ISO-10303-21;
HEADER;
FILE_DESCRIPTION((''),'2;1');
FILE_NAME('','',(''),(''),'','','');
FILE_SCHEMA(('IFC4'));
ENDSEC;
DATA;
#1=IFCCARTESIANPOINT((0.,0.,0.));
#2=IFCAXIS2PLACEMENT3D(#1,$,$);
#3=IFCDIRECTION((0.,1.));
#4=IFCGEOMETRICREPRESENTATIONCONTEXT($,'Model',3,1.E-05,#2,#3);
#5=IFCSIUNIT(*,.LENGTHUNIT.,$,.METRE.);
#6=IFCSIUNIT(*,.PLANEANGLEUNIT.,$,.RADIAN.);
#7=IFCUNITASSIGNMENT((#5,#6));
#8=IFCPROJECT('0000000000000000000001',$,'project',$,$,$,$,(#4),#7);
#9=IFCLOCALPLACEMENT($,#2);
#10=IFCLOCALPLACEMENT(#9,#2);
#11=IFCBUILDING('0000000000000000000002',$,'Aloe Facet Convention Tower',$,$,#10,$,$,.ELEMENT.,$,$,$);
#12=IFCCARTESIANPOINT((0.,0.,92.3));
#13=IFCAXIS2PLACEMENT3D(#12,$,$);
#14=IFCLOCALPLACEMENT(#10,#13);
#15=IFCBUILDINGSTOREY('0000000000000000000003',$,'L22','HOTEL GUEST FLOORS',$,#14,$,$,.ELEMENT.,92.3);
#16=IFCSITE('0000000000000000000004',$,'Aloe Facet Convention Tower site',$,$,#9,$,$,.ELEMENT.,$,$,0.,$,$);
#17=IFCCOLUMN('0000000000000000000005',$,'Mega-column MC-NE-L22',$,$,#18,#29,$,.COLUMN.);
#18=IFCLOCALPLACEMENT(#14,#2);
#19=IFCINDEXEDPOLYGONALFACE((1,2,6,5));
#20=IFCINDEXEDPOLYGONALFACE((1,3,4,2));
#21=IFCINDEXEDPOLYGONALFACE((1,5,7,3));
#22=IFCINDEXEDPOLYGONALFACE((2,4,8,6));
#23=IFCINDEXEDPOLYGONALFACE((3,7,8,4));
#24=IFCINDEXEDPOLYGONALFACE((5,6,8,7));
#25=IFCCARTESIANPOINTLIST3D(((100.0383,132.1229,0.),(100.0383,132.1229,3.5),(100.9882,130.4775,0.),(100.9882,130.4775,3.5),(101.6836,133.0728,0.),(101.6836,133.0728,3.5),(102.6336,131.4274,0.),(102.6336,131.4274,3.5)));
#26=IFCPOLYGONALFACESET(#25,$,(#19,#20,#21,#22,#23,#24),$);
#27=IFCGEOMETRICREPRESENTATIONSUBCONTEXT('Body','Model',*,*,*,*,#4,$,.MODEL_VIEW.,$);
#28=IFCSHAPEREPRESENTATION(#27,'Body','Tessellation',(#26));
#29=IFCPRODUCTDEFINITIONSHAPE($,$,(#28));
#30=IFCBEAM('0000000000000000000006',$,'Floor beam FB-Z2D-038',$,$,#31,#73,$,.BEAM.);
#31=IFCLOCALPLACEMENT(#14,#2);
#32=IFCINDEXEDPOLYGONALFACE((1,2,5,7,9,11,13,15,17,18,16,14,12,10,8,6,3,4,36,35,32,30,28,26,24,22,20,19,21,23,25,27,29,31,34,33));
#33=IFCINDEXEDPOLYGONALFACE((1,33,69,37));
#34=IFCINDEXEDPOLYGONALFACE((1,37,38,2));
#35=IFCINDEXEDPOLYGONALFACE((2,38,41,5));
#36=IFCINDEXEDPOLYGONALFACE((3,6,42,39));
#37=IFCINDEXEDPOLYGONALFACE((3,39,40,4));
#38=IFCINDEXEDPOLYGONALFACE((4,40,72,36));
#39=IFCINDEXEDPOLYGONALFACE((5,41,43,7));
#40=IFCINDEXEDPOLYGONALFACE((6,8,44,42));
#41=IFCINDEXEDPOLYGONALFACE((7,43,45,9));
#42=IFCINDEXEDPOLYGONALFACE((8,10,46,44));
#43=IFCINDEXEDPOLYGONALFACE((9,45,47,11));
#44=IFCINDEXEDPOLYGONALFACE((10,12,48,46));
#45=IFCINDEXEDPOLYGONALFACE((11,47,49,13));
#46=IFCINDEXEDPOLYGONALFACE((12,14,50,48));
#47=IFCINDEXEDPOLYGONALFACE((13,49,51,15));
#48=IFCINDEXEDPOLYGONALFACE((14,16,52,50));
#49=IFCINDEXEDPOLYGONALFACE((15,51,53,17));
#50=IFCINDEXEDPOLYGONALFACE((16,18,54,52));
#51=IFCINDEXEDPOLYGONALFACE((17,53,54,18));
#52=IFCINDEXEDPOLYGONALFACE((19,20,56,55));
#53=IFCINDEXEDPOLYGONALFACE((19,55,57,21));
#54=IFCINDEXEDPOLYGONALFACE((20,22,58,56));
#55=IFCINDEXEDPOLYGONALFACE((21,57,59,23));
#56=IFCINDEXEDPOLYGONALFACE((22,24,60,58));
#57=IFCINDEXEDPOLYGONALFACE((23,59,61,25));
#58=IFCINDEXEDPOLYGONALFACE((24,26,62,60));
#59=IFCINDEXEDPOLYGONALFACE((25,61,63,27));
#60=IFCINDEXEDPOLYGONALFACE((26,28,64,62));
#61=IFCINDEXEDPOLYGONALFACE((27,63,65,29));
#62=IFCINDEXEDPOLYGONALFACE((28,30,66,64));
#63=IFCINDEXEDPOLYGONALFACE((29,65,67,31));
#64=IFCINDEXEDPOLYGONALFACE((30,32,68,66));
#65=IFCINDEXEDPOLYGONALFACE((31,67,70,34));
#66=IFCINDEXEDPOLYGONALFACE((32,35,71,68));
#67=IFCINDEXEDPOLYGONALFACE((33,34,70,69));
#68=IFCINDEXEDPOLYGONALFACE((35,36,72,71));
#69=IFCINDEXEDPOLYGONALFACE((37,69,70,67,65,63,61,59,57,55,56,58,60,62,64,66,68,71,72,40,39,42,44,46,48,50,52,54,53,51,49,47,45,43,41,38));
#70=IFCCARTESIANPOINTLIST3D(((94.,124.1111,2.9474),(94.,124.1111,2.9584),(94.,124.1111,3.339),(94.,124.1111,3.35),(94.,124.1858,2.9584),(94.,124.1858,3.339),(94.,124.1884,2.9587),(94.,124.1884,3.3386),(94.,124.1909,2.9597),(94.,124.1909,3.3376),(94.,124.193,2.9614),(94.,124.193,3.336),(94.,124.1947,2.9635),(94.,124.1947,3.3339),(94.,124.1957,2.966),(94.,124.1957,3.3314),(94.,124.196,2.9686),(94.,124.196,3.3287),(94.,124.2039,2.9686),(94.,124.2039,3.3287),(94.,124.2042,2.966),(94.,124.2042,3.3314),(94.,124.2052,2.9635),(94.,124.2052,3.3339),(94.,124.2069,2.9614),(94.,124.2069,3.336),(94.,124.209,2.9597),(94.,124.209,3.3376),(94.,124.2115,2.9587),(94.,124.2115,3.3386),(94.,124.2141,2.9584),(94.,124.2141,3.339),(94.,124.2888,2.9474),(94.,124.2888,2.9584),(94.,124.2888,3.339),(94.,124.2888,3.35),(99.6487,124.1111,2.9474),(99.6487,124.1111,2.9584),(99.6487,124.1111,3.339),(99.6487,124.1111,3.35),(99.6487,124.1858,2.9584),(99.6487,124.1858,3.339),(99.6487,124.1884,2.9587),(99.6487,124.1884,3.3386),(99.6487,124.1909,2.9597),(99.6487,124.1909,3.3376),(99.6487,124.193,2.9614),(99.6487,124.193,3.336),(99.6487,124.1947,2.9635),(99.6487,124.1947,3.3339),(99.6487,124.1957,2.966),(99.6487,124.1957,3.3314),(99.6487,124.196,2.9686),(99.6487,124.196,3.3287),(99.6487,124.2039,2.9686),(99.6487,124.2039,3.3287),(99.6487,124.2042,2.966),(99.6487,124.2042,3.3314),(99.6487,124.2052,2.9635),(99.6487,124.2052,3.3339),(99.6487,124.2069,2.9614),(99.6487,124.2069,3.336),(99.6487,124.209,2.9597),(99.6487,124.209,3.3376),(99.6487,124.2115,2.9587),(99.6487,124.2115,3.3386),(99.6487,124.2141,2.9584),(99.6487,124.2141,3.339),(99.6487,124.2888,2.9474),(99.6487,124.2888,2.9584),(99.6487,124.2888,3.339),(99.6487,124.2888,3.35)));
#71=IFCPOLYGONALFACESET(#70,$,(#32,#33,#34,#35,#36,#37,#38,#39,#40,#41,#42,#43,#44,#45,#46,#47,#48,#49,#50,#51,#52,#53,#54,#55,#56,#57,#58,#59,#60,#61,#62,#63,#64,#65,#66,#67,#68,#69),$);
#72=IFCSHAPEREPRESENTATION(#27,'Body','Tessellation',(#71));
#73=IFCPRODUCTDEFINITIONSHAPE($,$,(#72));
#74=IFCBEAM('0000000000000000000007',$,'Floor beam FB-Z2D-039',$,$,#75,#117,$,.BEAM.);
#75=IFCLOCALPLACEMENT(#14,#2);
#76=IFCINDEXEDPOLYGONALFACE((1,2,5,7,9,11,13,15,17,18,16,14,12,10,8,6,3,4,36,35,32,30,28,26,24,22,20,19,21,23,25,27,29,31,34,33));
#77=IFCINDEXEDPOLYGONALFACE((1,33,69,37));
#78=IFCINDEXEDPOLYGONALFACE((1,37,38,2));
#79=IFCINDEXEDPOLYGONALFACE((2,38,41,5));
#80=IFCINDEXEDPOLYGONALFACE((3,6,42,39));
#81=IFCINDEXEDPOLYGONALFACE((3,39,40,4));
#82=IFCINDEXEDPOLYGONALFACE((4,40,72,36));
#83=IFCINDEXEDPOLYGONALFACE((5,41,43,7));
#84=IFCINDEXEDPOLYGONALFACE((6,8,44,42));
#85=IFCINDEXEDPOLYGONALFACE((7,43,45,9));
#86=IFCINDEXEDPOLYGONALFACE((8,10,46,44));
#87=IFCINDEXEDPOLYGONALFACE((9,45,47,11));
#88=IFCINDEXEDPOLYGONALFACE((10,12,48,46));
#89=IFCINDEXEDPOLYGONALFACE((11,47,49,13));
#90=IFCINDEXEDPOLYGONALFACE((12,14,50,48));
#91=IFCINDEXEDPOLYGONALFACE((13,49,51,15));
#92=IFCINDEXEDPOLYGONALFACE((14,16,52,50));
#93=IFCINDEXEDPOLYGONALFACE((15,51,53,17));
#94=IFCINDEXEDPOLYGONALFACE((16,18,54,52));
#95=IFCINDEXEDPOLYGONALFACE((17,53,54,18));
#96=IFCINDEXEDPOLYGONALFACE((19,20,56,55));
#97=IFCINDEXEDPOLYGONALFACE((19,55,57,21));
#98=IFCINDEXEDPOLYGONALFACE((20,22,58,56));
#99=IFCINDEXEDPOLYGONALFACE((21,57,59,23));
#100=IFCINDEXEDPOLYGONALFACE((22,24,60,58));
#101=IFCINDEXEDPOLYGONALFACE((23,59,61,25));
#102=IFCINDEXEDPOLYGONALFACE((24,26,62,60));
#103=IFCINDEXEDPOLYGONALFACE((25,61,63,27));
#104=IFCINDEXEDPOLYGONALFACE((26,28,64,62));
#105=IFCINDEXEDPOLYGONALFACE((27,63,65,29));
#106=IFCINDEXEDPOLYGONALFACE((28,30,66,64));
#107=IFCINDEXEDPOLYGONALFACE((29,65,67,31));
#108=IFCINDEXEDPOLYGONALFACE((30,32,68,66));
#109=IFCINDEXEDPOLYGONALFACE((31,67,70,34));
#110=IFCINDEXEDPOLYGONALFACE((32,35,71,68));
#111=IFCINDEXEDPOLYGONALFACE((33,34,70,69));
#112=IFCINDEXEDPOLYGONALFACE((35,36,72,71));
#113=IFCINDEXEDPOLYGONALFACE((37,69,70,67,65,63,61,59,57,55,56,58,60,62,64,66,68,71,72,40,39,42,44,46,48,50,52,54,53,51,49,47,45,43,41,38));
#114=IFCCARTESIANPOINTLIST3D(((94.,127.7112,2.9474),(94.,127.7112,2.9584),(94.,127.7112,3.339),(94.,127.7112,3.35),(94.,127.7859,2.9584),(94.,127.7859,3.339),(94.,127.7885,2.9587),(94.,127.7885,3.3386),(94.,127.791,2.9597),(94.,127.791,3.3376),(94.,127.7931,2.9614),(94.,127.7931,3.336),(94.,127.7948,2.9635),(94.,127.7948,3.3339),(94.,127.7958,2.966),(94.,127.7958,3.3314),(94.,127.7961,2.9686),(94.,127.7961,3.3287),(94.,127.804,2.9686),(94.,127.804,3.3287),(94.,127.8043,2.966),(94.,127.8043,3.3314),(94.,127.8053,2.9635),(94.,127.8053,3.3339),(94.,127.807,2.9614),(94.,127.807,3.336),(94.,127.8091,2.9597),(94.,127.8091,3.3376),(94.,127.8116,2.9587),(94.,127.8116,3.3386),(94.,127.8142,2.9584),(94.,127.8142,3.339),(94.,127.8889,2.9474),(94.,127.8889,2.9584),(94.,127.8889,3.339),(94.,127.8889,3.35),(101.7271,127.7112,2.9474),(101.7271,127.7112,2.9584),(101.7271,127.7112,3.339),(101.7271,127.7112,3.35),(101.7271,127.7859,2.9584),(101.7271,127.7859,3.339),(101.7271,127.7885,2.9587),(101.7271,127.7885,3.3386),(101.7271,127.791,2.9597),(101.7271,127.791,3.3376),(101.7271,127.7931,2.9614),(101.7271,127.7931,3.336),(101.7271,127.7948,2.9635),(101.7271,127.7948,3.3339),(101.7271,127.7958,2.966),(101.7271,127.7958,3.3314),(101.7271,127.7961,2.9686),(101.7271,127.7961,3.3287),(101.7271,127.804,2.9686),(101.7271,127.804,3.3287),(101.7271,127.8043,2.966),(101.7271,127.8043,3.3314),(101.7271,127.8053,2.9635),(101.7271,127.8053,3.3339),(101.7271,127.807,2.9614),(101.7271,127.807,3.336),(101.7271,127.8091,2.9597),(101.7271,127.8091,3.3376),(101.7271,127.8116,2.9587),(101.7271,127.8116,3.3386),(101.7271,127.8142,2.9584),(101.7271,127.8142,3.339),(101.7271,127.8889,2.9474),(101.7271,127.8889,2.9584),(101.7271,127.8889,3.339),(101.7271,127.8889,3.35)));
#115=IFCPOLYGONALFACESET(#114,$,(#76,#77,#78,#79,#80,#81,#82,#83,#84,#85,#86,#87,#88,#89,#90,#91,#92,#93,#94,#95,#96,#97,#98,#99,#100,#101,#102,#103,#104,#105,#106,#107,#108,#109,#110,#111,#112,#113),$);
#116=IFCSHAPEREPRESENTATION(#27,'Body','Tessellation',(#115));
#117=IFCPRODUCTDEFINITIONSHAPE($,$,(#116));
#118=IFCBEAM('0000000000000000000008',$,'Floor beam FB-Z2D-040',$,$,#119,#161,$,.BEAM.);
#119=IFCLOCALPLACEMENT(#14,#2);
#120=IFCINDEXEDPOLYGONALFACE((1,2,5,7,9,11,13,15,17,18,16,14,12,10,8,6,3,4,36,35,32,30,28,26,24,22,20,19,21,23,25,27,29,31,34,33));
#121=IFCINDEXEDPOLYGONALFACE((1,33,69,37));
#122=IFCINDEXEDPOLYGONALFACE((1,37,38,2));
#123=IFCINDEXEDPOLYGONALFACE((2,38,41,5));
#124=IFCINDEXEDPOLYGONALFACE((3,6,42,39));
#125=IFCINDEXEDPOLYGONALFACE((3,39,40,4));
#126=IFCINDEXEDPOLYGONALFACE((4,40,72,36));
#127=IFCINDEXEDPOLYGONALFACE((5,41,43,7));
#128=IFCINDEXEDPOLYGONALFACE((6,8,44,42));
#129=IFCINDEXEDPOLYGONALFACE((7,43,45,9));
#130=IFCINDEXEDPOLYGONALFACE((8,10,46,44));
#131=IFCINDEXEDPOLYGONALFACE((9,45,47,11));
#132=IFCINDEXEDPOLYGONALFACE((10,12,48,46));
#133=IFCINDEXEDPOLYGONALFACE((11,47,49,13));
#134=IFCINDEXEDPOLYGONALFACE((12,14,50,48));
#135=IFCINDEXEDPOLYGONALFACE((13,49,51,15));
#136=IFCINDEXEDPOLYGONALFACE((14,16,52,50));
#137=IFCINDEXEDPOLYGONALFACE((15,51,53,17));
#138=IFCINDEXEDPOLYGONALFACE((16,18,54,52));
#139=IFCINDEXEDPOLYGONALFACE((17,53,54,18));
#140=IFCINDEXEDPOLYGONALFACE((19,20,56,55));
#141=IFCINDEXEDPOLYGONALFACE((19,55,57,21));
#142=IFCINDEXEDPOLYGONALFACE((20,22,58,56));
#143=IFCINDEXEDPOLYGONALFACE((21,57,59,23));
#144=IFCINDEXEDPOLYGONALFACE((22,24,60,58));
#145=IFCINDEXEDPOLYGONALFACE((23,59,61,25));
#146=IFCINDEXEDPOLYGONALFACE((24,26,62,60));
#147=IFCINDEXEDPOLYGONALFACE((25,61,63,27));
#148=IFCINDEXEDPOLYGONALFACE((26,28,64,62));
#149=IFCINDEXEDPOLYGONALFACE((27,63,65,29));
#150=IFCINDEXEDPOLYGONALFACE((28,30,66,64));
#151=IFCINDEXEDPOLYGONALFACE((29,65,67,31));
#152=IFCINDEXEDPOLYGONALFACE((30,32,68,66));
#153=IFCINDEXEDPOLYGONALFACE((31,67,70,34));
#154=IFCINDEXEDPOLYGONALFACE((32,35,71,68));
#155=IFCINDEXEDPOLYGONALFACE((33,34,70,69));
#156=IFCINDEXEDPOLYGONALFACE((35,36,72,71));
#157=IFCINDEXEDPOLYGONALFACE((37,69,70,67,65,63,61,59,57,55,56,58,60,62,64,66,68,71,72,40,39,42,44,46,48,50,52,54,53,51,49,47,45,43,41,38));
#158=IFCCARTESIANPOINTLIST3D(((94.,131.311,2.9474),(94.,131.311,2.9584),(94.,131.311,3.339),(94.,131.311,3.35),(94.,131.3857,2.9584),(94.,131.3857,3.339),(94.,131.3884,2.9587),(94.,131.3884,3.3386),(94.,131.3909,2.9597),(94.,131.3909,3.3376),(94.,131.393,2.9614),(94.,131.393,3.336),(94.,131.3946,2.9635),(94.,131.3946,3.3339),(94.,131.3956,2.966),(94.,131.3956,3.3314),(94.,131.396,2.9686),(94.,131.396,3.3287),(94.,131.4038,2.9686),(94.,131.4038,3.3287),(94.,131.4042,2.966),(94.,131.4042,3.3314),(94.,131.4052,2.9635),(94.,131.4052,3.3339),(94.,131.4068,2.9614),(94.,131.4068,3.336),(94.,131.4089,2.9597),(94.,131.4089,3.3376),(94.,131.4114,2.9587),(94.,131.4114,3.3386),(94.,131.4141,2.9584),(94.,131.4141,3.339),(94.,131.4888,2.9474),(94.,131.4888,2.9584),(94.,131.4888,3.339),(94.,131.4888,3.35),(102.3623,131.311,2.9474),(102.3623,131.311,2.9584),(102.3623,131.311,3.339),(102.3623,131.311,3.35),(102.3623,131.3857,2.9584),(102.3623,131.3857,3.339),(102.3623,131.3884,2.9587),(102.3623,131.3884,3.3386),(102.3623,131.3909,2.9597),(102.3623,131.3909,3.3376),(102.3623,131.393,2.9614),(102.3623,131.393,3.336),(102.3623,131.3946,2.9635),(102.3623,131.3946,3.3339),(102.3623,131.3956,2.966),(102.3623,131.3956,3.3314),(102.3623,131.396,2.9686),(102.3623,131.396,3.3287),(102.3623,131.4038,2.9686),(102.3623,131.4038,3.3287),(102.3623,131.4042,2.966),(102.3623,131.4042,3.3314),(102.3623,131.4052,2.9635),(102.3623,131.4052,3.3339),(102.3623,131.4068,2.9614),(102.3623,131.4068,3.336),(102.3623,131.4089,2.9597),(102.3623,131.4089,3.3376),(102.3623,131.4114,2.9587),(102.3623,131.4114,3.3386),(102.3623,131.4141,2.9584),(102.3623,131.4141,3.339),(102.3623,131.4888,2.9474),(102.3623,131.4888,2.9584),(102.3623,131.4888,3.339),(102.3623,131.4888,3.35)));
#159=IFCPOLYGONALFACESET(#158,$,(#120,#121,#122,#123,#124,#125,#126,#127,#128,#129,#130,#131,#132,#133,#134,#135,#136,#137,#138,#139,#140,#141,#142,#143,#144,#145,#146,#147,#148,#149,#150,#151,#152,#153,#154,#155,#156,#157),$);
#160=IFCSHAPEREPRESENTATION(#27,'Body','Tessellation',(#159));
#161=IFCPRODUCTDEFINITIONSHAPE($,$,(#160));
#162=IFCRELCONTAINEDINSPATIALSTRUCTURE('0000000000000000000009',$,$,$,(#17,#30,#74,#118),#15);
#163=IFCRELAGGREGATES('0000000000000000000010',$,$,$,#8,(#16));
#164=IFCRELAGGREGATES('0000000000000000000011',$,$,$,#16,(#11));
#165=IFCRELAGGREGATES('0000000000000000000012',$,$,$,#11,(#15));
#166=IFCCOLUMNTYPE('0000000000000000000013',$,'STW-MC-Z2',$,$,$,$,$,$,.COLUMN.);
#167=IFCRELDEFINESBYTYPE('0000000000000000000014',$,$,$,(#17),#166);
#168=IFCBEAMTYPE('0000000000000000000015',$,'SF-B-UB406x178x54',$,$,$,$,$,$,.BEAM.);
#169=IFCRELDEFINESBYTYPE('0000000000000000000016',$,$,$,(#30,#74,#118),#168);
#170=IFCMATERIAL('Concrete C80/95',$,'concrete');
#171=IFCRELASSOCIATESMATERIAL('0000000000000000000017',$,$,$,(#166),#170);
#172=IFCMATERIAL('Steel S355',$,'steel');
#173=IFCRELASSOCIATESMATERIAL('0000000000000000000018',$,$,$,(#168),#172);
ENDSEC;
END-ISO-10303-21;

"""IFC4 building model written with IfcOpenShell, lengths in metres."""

from ifc_helpers import new_model, si_unit, direction, frame, origin, origin_2d, place, context, subcontext, project, spatial, rectangle, i_section, extrude, material, material_profile, profile_set, type_object, element, save


model = new_model("IFC4")

# Units and contexts
model_context = context("Model", 3, precision=1e-05, world=origin(), true_north=direction((0.0, 1.0)))
body_context = subcontext(model_context, "Body", "Model", "MODEL_VIEW")
ifc_project = project(units=[si_unit("LENGTHUNIT", "METRE"), si_unit("PLANEANGLEUNIT", "RADIAN")], contexts=[model_context])

# Site, building, storey
site_placement = place(None, origin())
site = spatial("IfcSite", under=ifc_project, at=site_placement, Name="Aloe Facet Convention Tower site", CompositionType="ELEMENT", RefElevation=0.0)
building_placement = place(site_placement, origin())
building = spatial("IfcBuilding", under=site, at=building_placement, Name="Aloe Facet Convention Tower", CompositionType="ELEMENT")
storey_placement = place(building_placement, frame((0.0, 0.0, 92.3)))
storey = spatial("IfcBuildingStorey", under=building, at=storey_placement, Name="L22", Description="HOTEL GUEST FLOORS", CompositionType="ELEMENT", Elevation=92.3)

# Column
ifc_material_1 = material(Name="Concrete C80/95", Category="concrete")
ifc_material_profile_1 = material_profile(ifc_material_1, rectangle(XDim=1.8999, YDim=1.8999, at=origin_2d()), Name="STW-MC-Z2")
ifc_profile_set_1 = profile_set([ifc_material_profile_1], Name="Concrete C80/95")
column_type = type_object("IfcColumnType", Name="STW-MC-Z2", PredefinedType="COLUMN", material=ifc_profile_set_1)
column_placement = place(storey_placement, frame((101.3359, 131.7751, 0.0), z_axis=(0.0, 0.0, 1.0), x_axis=(-0.5, 0.866025, 0.0)))
element("IfcColumn", 1, at=column_placement, inside=storey, type_object=column_type, Name="Mega-column MC-NE-L22", PredefinedType="COLUMN", context=body_context, shape_type="SweptSolid", body=[
    extrude(rectangle(XDim=1.8999, YDim=1.8999, at=origin_2d()), origin(), (0.0, 0.0, 1.0), 3.5),
])

# Beams
ifc_material_2 = material(Name="Steel S355", Category="steel")
ifc_material_profile_2 = material_profile(ifc_material_2, i_section(OverallWidth=0.1777, OverallDepth=0.4026, WebThickness=0.0078, FlangeThickness=0.011, FilletRadius=0.0103, at=origin_2d()), Name="UB 406x178x54")
ifc_profile_set_2 = profile_set([ifc_material_profile_2], Name="Steel S355")
beam_type_1 = type_object("IfcBeamType", Name="SF-B-UB406x178x54", PredefinedType="BEAM", material=ifc_profile_set_2)
beam_1_placement = place(storey_placement, frame((94.0, 124.2, 3.1487), z_axis=(1.0, 0.0, 0.0), x_axis=(0.0, 1.0, 0.0)))
element("IfcBeam", 2, at=beam_1_placement, inside=storey, type_object=beam_type_1, Name="Floor beam FB-Z2D-038", PredefinedType="BEAM", context=body_context, shape_type="SweptSolid", body=[
    extrude(i_section(OverallWidth=0.1777, OverallDepth=0.4026, WebThickness=0.0078, FlangeThickness=0.011, FilletRadius=0.0103, at=origin_2d()), origin(), (0.0, 0.0, 1.0), 5.6487),
])
beam_2_placement = place(storey_placement, frame((94.0, 127.8, 3.1487), z_axis=(1.0, 0.0, 0.0), x_axis=(0.0, 1.0, 0.0)))
element("IfcBeam", 3, at=beam_2_placement, inside=storey, type_object=beam_type_1, Name="Floor beam FB-Z2D-039", PredefinedType="BEAM", context=body_context, shape_type="SweptSolid", body=[
    extrude(i_section(OverallWidth=0.1777, OverallDepth=0.4026, WebThickness=0.0078, FlangeThickness=0.011, FilletRadius=0.0103, at=origin_2d()), origin(), (0.0, 0.0, 1.0), 7.7271),
])
beam_3_placement = place(storey_placement, frame((94.0, 131.3999, 3.1487), z_axis=(1.0, 0.0, 0.0), x_axis=(0.0, 1.0, 0.0)))
element("IfcBeam", 4, at=beam_3_placement, inside=storey, type_object=beam_type_1, Name="Floor beam FB-Z2D-040", PredefinedType="BEAM", context=body_context, shape_type="SweptSolid", body=[
    extrude(i_section(OverallWidth=0.1777, OverallDepth=0.4026, WebThickness=0.0078, FlangeThickness=0.011, FilletRadius=0.0103, at=origin_2d()), origin(), (0.0, 0.0, 1.0), 8.3623),
])

save(model, "model.ifc")
